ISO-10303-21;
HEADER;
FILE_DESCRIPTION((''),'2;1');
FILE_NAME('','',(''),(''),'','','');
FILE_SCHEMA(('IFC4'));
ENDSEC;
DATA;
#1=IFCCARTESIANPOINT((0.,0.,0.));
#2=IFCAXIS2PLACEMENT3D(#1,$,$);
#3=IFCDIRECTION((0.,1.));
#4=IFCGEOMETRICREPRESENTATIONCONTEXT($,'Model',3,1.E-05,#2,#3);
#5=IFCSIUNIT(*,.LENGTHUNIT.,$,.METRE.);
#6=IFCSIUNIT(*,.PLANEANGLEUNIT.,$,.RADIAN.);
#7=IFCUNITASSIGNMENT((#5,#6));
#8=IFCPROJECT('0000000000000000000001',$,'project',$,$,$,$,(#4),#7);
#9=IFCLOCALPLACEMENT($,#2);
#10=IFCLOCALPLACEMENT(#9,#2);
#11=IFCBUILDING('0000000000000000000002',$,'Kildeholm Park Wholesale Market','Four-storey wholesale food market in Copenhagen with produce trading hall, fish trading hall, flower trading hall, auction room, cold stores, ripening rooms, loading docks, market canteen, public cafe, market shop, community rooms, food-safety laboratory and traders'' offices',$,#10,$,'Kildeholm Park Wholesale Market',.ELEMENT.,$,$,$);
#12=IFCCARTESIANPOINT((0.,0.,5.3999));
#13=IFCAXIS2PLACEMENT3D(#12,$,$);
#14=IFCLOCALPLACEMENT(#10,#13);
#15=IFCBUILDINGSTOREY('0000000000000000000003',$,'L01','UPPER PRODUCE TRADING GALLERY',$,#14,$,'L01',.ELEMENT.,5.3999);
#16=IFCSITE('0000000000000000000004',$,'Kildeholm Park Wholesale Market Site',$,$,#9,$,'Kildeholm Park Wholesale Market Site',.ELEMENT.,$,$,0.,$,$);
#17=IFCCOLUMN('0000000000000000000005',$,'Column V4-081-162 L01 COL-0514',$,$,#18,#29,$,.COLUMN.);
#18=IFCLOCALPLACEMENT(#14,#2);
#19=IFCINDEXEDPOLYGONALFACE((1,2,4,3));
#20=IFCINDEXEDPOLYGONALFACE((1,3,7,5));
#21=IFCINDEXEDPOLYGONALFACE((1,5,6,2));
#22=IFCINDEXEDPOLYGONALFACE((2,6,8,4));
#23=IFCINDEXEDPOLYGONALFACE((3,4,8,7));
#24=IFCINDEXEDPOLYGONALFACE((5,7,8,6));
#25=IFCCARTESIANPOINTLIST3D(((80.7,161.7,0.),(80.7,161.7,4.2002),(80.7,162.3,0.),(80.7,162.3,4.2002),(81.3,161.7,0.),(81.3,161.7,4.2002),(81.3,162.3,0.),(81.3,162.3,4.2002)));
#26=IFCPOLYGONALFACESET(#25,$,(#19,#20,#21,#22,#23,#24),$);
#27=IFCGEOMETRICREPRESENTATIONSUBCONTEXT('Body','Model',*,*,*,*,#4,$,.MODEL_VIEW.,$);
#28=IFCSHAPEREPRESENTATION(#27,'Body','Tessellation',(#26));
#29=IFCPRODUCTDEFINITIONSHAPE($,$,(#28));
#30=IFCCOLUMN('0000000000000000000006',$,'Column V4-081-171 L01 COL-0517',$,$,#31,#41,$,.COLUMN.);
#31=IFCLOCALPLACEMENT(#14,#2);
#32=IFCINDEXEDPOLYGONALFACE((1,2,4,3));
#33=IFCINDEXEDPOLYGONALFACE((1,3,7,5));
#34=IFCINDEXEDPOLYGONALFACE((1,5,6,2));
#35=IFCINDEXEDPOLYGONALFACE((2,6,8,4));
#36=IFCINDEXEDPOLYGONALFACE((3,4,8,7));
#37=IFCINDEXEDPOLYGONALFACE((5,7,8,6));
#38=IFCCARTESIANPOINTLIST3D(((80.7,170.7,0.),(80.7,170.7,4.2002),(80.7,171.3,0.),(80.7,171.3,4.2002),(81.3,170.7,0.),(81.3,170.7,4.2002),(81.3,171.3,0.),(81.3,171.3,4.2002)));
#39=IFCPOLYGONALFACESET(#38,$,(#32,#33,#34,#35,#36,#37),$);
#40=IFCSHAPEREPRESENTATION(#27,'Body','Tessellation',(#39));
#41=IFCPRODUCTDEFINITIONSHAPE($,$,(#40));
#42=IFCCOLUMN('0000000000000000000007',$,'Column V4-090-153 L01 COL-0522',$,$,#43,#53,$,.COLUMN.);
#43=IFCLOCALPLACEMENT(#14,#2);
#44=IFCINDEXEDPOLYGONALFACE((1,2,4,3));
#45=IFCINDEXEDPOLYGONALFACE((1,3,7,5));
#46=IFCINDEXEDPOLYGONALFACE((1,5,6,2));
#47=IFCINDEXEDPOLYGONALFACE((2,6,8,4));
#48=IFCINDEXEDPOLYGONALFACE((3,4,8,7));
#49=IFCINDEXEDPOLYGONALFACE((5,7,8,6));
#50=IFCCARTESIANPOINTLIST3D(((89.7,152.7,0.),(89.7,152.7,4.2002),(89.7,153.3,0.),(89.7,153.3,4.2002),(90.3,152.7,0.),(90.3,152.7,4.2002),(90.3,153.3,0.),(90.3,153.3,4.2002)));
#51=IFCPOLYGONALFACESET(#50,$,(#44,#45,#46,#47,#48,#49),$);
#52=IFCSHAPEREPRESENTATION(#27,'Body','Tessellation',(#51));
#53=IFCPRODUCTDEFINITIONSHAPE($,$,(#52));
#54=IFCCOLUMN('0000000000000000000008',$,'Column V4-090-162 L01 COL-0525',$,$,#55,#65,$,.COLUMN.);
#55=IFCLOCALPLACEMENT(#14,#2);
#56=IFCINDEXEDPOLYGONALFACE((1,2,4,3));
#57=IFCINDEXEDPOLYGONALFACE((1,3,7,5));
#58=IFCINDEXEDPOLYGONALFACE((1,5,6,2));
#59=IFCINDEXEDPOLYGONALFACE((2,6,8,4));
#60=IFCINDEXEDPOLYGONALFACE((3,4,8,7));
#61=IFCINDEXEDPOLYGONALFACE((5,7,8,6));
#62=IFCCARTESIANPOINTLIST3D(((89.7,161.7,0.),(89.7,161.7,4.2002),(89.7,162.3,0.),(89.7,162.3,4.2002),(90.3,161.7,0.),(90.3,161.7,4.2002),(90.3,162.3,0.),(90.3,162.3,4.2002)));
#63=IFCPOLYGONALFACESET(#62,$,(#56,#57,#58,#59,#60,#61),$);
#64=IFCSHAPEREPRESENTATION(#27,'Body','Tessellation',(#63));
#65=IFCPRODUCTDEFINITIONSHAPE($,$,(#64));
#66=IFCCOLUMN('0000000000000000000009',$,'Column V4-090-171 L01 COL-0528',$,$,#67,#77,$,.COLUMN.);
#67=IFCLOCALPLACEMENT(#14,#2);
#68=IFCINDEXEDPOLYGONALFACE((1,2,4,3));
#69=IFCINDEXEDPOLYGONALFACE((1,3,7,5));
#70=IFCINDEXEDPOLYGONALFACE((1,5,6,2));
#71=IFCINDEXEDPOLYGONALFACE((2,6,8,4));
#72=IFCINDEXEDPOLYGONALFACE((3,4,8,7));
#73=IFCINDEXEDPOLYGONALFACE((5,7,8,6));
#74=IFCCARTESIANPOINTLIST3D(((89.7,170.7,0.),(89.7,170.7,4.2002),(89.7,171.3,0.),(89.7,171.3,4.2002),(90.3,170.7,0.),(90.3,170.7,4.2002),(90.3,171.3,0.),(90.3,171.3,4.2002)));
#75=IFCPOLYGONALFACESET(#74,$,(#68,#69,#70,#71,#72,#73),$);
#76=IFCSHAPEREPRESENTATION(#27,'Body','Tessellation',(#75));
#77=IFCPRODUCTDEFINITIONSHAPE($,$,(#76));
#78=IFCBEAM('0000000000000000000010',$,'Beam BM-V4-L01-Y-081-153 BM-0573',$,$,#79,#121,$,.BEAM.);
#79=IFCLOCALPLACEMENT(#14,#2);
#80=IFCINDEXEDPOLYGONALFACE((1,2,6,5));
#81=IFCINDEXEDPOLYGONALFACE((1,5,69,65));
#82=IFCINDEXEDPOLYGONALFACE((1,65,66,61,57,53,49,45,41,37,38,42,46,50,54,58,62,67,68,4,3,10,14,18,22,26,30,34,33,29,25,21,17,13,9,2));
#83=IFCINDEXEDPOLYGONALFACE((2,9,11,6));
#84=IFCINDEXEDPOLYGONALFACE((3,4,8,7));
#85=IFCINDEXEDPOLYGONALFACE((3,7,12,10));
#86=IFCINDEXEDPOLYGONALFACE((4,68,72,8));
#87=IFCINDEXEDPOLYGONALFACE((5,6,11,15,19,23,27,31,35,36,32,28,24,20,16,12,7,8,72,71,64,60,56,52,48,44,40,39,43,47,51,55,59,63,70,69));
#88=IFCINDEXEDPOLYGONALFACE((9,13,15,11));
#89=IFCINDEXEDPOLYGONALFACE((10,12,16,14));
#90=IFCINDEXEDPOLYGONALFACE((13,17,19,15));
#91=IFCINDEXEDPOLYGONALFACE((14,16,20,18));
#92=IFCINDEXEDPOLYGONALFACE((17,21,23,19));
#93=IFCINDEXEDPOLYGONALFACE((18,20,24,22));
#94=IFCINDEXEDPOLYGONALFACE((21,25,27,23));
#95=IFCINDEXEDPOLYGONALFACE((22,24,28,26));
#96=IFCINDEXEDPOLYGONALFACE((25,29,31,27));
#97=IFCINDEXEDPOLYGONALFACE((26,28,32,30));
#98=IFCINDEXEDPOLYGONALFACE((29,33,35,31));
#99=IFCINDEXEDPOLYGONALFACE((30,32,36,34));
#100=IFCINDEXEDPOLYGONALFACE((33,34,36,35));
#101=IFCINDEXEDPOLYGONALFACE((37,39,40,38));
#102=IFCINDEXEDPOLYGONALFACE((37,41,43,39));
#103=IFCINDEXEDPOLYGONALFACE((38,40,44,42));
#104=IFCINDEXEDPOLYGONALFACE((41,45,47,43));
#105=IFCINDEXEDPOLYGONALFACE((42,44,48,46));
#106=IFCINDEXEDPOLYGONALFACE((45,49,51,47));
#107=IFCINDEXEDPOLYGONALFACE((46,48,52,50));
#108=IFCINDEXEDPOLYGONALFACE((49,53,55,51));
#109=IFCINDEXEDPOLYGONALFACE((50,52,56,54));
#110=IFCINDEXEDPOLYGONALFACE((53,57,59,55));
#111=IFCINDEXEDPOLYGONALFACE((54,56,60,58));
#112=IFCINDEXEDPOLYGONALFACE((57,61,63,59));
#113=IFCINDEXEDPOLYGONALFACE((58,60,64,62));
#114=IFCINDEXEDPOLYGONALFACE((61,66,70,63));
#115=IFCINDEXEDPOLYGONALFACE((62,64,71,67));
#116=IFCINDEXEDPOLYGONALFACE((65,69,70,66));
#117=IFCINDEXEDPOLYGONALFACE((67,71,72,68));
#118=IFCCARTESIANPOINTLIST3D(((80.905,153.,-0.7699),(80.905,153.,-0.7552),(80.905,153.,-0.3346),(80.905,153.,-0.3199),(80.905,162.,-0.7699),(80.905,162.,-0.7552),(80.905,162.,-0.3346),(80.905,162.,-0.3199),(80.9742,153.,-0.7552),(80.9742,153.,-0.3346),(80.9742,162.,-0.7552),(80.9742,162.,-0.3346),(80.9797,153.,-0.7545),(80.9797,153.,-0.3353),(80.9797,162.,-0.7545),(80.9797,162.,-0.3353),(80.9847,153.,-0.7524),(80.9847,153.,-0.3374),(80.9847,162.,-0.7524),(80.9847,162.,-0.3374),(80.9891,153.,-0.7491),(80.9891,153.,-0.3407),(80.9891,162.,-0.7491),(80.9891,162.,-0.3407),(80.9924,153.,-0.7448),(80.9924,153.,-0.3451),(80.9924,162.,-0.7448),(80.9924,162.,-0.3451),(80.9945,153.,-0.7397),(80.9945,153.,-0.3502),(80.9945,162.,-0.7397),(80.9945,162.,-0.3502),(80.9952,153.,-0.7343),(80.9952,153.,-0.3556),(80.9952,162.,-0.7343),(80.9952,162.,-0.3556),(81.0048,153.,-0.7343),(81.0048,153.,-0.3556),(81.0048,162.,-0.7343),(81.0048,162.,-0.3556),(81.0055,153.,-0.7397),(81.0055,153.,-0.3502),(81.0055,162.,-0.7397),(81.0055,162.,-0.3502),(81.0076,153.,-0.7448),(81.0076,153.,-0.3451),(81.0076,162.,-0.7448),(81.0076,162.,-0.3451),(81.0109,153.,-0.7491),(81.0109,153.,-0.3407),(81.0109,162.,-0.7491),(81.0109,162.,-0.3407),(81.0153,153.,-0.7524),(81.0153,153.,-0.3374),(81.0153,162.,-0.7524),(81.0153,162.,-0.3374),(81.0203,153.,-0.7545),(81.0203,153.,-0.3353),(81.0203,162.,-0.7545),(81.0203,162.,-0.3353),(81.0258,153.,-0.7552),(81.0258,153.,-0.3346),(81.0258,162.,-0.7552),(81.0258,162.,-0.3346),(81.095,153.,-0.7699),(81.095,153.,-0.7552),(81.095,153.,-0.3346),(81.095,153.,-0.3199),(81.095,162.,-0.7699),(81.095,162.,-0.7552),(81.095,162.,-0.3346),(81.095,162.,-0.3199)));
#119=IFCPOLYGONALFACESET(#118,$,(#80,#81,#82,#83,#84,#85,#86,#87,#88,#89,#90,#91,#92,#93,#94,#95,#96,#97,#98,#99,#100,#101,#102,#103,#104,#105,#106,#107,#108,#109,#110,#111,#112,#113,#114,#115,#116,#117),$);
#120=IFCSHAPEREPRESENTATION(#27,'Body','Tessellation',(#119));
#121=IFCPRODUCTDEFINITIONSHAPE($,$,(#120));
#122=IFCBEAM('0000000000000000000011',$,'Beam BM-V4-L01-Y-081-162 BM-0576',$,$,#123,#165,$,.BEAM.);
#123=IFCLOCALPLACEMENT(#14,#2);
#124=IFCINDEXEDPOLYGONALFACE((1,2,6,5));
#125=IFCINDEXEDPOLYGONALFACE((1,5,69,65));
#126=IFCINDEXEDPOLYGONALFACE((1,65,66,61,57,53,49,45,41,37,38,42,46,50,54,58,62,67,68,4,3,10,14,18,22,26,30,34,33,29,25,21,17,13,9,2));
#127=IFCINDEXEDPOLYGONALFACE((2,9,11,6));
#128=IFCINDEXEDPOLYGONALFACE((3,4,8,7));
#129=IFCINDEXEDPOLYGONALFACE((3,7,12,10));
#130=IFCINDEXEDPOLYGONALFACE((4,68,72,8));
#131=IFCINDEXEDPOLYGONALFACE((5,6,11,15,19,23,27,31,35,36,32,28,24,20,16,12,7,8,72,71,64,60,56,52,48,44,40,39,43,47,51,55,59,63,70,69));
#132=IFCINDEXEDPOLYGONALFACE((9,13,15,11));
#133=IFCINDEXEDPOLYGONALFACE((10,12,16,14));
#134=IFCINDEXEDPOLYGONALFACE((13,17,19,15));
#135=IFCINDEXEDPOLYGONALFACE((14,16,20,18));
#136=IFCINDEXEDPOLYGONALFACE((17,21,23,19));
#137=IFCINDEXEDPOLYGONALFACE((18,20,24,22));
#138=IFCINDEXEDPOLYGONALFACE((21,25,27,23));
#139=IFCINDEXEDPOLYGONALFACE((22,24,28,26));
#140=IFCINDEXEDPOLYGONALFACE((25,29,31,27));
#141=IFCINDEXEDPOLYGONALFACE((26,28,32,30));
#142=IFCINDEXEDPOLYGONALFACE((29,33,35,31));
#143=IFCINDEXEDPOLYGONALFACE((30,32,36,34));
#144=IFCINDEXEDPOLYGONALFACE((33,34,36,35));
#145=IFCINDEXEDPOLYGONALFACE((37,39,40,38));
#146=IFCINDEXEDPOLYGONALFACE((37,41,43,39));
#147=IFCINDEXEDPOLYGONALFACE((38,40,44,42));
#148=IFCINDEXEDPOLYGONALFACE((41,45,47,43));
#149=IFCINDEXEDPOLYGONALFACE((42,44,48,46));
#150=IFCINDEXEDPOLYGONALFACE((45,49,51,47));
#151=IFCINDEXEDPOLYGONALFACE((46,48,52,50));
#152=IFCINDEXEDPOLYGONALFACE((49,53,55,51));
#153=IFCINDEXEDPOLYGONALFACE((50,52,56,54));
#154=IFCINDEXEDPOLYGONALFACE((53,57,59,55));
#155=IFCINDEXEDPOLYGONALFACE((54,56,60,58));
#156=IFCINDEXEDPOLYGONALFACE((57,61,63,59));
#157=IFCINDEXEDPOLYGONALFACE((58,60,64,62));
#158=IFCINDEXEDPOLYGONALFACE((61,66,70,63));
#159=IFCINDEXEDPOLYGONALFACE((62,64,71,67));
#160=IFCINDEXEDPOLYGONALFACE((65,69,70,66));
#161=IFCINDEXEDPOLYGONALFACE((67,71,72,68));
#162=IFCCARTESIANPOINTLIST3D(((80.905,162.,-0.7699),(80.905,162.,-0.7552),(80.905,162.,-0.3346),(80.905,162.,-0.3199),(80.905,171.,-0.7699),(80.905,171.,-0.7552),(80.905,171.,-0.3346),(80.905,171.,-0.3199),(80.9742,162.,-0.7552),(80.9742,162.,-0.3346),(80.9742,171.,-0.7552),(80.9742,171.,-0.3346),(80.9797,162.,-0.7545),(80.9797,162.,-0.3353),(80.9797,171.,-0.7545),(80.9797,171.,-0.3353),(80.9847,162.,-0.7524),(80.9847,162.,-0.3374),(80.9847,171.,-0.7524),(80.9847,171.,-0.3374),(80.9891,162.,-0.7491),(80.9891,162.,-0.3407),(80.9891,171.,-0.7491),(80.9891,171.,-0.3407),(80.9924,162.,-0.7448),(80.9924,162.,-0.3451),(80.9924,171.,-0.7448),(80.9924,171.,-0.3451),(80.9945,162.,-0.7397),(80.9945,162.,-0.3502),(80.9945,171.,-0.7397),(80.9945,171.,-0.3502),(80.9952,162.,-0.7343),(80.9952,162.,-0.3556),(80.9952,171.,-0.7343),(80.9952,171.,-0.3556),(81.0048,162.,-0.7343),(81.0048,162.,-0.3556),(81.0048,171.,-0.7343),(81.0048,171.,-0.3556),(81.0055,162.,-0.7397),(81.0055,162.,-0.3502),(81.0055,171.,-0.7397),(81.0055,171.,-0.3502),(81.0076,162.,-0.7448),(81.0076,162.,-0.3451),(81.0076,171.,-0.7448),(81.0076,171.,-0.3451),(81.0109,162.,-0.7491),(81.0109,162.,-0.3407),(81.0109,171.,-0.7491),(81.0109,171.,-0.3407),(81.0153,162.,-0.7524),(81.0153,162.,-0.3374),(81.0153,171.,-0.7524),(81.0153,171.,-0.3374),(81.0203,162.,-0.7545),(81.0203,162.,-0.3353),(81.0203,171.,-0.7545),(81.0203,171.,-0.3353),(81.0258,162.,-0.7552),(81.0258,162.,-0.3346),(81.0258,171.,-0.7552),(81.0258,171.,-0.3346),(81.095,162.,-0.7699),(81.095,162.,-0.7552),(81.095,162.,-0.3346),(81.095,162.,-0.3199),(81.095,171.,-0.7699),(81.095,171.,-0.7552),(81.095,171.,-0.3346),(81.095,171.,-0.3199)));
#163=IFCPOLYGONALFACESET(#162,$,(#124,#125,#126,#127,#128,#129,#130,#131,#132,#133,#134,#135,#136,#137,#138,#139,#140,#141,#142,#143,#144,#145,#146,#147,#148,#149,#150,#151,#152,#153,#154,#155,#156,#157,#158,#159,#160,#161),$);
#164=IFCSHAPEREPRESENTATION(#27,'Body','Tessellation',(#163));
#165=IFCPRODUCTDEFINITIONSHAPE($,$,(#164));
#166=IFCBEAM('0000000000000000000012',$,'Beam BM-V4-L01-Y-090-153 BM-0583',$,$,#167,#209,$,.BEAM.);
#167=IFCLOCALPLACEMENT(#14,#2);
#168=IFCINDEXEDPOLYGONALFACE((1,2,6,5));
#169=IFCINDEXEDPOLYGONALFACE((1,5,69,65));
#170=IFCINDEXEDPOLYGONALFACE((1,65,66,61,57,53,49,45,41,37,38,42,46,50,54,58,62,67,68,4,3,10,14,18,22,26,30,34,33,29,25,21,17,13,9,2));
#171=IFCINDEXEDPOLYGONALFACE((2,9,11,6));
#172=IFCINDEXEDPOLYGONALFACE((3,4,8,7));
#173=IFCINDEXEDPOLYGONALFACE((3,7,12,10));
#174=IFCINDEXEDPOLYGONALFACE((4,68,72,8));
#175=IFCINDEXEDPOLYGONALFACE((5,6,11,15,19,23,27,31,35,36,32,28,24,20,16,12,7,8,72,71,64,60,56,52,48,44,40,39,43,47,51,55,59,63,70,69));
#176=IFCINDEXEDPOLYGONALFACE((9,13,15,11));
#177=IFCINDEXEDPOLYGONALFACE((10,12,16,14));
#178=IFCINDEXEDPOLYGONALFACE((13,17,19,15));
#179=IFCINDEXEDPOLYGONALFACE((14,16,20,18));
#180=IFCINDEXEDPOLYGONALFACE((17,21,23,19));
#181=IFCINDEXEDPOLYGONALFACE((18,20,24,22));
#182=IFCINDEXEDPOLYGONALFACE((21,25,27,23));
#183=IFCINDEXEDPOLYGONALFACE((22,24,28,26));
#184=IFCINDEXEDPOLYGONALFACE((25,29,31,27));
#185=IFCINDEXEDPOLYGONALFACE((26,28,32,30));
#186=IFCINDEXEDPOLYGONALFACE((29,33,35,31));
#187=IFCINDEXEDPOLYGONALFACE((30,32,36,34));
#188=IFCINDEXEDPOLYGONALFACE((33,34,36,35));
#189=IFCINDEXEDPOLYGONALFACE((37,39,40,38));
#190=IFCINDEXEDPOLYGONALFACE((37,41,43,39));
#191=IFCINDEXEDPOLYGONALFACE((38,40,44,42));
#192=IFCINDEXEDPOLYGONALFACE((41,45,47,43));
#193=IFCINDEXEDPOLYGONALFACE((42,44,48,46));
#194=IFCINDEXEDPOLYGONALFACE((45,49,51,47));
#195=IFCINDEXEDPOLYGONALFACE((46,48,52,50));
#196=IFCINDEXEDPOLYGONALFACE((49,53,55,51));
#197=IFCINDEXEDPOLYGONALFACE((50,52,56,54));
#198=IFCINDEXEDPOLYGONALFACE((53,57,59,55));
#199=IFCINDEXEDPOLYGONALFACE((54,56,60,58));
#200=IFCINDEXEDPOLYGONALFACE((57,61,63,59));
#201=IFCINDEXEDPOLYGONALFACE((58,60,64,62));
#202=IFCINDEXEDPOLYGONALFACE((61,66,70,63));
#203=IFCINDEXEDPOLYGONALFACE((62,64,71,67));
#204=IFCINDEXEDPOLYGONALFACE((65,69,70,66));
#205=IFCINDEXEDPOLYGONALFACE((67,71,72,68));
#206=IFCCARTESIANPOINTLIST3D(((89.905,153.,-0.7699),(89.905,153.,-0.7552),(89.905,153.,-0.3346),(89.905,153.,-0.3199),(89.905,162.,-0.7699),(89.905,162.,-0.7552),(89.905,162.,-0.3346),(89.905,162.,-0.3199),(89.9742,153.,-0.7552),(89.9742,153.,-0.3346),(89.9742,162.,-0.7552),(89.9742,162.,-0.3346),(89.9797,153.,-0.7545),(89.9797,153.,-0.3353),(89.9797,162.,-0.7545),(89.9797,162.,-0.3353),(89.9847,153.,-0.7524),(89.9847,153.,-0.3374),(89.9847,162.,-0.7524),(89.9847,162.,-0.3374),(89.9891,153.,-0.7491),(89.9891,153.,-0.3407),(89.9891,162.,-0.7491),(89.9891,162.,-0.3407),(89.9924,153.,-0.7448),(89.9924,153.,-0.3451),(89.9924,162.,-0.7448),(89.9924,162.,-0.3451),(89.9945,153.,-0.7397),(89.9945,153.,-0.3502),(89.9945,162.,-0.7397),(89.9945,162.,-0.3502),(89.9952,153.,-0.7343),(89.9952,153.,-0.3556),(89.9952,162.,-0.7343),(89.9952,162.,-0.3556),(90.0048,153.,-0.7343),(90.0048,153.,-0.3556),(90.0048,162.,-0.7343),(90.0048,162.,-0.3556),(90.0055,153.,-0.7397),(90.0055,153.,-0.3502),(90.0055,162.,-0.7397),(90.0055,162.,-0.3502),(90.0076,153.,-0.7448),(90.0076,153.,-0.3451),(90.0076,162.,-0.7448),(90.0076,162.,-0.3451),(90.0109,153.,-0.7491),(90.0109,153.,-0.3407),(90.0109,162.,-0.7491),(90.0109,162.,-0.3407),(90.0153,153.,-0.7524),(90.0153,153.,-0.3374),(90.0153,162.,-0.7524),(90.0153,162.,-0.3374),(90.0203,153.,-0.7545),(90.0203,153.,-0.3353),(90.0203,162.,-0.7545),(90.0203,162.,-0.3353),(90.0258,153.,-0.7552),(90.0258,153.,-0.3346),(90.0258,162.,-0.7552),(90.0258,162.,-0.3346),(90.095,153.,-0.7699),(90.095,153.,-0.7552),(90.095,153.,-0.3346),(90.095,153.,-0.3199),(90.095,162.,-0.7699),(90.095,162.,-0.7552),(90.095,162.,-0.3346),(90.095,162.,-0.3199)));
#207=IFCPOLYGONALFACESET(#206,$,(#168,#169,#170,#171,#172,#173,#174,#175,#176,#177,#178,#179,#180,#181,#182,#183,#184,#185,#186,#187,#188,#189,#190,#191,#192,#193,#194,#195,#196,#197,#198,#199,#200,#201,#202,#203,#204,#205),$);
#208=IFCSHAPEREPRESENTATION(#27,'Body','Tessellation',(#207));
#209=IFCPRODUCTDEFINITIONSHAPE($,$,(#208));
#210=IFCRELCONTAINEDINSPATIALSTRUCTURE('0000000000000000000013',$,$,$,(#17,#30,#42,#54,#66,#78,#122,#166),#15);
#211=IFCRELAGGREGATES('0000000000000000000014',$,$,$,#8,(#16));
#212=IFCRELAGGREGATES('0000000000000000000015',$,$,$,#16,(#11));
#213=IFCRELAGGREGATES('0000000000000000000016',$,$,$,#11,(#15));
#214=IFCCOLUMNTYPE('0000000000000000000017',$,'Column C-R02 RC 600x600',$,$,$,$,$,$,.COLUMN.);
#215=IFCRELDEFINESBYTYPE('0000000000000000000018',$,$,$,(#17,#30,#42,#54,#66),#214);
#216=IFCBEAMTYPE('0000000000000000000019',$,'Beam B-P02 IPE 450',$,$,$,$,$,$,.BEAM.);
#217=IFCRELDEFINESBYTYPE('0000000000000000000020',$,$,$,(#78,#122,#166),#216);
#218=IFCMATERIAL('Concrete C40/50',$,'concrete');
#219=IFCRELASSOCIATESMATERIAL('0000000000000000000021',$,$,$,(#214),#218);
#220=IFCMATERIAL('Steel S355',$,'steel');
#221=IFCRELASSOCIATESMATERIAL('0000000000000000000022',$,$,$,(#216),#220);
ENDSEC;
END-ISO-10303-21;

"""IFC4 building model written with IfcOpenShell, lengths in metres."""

from ifc_helpers import new_model, si_unit, direction, frame, origin, origin_2d, place, context, subcontext, project, spatial, rectangle, i_section, extrude, material, material_profile, profile_set, type_object, element, save


model = new_model("IFC4")

# Units and contexts
model_context = context("Model", 3, precision=1e-05, world=origin(), true_north=direction((0.0, 1.0)))
body_context = subcontext(model_context, "Body", "Model", "MODEL_VIEW")
ifc_project = project(units=[si_unit("LENGTHUNIT", "METRE"), si_unit("PLANEANGLEUNIT", "RADIAN")], contexts=[model_context])

# Site, building, storey
site_placement = place(None, origin())
site = spatial("IfcSite", under=ifc_project, at=site_placement, Name="Kildeholm Park Wholesale Market Site", LongName="Kildeholm Park Wholesale Market Site", CompositionType="ELEMENT", RefElevation=0.0)
building_placement = place(site_placement, origin())
building = spatial("IfcBuilding", under=site, at=building_placement, Name="Kildeholm Park Wholesale Market", Description="Four-storey wholesale food market in Copenhagen with produce trading hall, fish trading hall, flower trading hall, auction room, cold stores, ripening rooms, loading docks, market canteen, public cafe, market shop, community rooms, food-safety laboratory and traders' offices", LongName="Kildeholm Park Wholesale Market", CompositionType="ELEMENT")
storey_placement = place(building_placement, frame((0.0, 0.0, 5.3999)))
storey = spatial("IfcBuildingStorey", under=building, at=storey_placement, Name="L01", Description="UPPER PRODUCE TRADING GALLERY", LongName="L01", CompositionType="ELEMENT", Elevation=5.3999)

# Columns
ifc_material_1 = material(Name="Concrete C40/50", Category="concrete")
ifc_material_profile_1 = material_profile(ifc_material_1, rectangle(XDim=0.6001, YDim=0.6001, at=origin_2d()), Name="RC 600x600")
ifc_profile_set_1 = profile_set([ifc_material_profile_1], Name="Concrete C40/50")
column_type = type_object("IfcColumnType", Name="Column C-R02 RC 600x600", PredefinedType="COLUMN", material=ifc_profile_set_1)
for number, where, z_axis, x_axis, name in (
    (1, (81.0, 162.0, 0.0), (0.0, 0.0, 1.0), (1.0, 0.0, 0.0), "Column V4-081-162 L01 COL-0514"),
    (2, (81.0, 171.0, 0.0), (0.0, 0.0, 1.0), (1.0, 0.0, 0.0), "Column V4-081-171 L01 COL-0517"),
    (3, (90.0, 153.0, 0.0), (0.0, 0.0, 1.0), (1.0, 0.0, 0.0), "Column V4-090-153 L01 COL-0522"),
    (4, (90.0, 162.0, 0.0), (0.0, 0.0, 1.0), (1.0, 0.0, 0.0), "Column V4-090-162 L01 COL-0525"),
    (5, (90.0, 171.0, 0.0), (0.0, 0.0, 1.0), (1.0, 0.0, 0.0), "Column V4-090-171 L01 COL-0528"),
):
    element("IfcColumn", number, at=place(storey_placement, frame(where, z_axis=z_axis, x_axis=x_axis)), inside=storey, type_object=column_type, Name=name, PredefinedType="COLUMN", context=body_context, shape_type="SweptSolid", body=[
        extrude(rectangle(XDim=0.6001, YDim=0.6001, at=origin_2d()), origin(), (0.0, 0.0, 1.0), 4.2002),
    ])

# Beams
ifc_material_2 = material(Name="Steel S355", Category="steel")
ifc_material_profile_2 = material_profile(ifc_material_2, i_section(OverallWidth=0.1899, OverallDepth=0.45, WebThickness=0.0095, FlangeThickness=0.0146, FilletRadius=0.021, at=origin_2d()), Name="IPE 450")
ifc_profile_set_2 = profile_set([ifc_material_profile_2], Name="Steel S355")
beam_type_1 = type_object("IfcBeamType", Name="Beam B-P02 IPE 450", PredefinedType="BEAM", material=ifc_profile_set_2)
for number, where, z_axis, x_axis, name in (
    (6, (81.0, 153.0, -0.5449), (0.0, 1.0, 0.0), (-1.0, 0.0, 0.0), "Beam BM-V4-L01-Y-081-153 BM-0573"),
    (7, (81.0, 162.0, -0.5449), (0.0, 1.0, 0.0), (-1.0, 0.0, 0.0), "Beam BM-V4-L01-Y-081-162 BM-0576"),
    (8, (90.0, 153.0, -0.5449), (0.0, 1.0, 0.0), (-1.0, 0.0, 0.0), "Beam BM-V4-L01-Y-090-153 BM-0583"),
):
    element("IfcBeam", number, at=place(storey_placement, frame(where, z_axis=z_axis, x_axis=x_axis)), inside=storey, type_object=beam_type_1, Name=name, PredefinedType="BEAM", context=body_context, shape_type="SweptSolid", body=[
        extrude(i_section(OverallWidth=0.1899, OverallDepth=0.45, WebThickness=0.0095, FlangeThickness=0.0146, FilletRadius=0.021, at=origin_2d()), origin(), (0.0, 0.0, 1.0), 9.0),
    ])

save(model, "model.ifc")
